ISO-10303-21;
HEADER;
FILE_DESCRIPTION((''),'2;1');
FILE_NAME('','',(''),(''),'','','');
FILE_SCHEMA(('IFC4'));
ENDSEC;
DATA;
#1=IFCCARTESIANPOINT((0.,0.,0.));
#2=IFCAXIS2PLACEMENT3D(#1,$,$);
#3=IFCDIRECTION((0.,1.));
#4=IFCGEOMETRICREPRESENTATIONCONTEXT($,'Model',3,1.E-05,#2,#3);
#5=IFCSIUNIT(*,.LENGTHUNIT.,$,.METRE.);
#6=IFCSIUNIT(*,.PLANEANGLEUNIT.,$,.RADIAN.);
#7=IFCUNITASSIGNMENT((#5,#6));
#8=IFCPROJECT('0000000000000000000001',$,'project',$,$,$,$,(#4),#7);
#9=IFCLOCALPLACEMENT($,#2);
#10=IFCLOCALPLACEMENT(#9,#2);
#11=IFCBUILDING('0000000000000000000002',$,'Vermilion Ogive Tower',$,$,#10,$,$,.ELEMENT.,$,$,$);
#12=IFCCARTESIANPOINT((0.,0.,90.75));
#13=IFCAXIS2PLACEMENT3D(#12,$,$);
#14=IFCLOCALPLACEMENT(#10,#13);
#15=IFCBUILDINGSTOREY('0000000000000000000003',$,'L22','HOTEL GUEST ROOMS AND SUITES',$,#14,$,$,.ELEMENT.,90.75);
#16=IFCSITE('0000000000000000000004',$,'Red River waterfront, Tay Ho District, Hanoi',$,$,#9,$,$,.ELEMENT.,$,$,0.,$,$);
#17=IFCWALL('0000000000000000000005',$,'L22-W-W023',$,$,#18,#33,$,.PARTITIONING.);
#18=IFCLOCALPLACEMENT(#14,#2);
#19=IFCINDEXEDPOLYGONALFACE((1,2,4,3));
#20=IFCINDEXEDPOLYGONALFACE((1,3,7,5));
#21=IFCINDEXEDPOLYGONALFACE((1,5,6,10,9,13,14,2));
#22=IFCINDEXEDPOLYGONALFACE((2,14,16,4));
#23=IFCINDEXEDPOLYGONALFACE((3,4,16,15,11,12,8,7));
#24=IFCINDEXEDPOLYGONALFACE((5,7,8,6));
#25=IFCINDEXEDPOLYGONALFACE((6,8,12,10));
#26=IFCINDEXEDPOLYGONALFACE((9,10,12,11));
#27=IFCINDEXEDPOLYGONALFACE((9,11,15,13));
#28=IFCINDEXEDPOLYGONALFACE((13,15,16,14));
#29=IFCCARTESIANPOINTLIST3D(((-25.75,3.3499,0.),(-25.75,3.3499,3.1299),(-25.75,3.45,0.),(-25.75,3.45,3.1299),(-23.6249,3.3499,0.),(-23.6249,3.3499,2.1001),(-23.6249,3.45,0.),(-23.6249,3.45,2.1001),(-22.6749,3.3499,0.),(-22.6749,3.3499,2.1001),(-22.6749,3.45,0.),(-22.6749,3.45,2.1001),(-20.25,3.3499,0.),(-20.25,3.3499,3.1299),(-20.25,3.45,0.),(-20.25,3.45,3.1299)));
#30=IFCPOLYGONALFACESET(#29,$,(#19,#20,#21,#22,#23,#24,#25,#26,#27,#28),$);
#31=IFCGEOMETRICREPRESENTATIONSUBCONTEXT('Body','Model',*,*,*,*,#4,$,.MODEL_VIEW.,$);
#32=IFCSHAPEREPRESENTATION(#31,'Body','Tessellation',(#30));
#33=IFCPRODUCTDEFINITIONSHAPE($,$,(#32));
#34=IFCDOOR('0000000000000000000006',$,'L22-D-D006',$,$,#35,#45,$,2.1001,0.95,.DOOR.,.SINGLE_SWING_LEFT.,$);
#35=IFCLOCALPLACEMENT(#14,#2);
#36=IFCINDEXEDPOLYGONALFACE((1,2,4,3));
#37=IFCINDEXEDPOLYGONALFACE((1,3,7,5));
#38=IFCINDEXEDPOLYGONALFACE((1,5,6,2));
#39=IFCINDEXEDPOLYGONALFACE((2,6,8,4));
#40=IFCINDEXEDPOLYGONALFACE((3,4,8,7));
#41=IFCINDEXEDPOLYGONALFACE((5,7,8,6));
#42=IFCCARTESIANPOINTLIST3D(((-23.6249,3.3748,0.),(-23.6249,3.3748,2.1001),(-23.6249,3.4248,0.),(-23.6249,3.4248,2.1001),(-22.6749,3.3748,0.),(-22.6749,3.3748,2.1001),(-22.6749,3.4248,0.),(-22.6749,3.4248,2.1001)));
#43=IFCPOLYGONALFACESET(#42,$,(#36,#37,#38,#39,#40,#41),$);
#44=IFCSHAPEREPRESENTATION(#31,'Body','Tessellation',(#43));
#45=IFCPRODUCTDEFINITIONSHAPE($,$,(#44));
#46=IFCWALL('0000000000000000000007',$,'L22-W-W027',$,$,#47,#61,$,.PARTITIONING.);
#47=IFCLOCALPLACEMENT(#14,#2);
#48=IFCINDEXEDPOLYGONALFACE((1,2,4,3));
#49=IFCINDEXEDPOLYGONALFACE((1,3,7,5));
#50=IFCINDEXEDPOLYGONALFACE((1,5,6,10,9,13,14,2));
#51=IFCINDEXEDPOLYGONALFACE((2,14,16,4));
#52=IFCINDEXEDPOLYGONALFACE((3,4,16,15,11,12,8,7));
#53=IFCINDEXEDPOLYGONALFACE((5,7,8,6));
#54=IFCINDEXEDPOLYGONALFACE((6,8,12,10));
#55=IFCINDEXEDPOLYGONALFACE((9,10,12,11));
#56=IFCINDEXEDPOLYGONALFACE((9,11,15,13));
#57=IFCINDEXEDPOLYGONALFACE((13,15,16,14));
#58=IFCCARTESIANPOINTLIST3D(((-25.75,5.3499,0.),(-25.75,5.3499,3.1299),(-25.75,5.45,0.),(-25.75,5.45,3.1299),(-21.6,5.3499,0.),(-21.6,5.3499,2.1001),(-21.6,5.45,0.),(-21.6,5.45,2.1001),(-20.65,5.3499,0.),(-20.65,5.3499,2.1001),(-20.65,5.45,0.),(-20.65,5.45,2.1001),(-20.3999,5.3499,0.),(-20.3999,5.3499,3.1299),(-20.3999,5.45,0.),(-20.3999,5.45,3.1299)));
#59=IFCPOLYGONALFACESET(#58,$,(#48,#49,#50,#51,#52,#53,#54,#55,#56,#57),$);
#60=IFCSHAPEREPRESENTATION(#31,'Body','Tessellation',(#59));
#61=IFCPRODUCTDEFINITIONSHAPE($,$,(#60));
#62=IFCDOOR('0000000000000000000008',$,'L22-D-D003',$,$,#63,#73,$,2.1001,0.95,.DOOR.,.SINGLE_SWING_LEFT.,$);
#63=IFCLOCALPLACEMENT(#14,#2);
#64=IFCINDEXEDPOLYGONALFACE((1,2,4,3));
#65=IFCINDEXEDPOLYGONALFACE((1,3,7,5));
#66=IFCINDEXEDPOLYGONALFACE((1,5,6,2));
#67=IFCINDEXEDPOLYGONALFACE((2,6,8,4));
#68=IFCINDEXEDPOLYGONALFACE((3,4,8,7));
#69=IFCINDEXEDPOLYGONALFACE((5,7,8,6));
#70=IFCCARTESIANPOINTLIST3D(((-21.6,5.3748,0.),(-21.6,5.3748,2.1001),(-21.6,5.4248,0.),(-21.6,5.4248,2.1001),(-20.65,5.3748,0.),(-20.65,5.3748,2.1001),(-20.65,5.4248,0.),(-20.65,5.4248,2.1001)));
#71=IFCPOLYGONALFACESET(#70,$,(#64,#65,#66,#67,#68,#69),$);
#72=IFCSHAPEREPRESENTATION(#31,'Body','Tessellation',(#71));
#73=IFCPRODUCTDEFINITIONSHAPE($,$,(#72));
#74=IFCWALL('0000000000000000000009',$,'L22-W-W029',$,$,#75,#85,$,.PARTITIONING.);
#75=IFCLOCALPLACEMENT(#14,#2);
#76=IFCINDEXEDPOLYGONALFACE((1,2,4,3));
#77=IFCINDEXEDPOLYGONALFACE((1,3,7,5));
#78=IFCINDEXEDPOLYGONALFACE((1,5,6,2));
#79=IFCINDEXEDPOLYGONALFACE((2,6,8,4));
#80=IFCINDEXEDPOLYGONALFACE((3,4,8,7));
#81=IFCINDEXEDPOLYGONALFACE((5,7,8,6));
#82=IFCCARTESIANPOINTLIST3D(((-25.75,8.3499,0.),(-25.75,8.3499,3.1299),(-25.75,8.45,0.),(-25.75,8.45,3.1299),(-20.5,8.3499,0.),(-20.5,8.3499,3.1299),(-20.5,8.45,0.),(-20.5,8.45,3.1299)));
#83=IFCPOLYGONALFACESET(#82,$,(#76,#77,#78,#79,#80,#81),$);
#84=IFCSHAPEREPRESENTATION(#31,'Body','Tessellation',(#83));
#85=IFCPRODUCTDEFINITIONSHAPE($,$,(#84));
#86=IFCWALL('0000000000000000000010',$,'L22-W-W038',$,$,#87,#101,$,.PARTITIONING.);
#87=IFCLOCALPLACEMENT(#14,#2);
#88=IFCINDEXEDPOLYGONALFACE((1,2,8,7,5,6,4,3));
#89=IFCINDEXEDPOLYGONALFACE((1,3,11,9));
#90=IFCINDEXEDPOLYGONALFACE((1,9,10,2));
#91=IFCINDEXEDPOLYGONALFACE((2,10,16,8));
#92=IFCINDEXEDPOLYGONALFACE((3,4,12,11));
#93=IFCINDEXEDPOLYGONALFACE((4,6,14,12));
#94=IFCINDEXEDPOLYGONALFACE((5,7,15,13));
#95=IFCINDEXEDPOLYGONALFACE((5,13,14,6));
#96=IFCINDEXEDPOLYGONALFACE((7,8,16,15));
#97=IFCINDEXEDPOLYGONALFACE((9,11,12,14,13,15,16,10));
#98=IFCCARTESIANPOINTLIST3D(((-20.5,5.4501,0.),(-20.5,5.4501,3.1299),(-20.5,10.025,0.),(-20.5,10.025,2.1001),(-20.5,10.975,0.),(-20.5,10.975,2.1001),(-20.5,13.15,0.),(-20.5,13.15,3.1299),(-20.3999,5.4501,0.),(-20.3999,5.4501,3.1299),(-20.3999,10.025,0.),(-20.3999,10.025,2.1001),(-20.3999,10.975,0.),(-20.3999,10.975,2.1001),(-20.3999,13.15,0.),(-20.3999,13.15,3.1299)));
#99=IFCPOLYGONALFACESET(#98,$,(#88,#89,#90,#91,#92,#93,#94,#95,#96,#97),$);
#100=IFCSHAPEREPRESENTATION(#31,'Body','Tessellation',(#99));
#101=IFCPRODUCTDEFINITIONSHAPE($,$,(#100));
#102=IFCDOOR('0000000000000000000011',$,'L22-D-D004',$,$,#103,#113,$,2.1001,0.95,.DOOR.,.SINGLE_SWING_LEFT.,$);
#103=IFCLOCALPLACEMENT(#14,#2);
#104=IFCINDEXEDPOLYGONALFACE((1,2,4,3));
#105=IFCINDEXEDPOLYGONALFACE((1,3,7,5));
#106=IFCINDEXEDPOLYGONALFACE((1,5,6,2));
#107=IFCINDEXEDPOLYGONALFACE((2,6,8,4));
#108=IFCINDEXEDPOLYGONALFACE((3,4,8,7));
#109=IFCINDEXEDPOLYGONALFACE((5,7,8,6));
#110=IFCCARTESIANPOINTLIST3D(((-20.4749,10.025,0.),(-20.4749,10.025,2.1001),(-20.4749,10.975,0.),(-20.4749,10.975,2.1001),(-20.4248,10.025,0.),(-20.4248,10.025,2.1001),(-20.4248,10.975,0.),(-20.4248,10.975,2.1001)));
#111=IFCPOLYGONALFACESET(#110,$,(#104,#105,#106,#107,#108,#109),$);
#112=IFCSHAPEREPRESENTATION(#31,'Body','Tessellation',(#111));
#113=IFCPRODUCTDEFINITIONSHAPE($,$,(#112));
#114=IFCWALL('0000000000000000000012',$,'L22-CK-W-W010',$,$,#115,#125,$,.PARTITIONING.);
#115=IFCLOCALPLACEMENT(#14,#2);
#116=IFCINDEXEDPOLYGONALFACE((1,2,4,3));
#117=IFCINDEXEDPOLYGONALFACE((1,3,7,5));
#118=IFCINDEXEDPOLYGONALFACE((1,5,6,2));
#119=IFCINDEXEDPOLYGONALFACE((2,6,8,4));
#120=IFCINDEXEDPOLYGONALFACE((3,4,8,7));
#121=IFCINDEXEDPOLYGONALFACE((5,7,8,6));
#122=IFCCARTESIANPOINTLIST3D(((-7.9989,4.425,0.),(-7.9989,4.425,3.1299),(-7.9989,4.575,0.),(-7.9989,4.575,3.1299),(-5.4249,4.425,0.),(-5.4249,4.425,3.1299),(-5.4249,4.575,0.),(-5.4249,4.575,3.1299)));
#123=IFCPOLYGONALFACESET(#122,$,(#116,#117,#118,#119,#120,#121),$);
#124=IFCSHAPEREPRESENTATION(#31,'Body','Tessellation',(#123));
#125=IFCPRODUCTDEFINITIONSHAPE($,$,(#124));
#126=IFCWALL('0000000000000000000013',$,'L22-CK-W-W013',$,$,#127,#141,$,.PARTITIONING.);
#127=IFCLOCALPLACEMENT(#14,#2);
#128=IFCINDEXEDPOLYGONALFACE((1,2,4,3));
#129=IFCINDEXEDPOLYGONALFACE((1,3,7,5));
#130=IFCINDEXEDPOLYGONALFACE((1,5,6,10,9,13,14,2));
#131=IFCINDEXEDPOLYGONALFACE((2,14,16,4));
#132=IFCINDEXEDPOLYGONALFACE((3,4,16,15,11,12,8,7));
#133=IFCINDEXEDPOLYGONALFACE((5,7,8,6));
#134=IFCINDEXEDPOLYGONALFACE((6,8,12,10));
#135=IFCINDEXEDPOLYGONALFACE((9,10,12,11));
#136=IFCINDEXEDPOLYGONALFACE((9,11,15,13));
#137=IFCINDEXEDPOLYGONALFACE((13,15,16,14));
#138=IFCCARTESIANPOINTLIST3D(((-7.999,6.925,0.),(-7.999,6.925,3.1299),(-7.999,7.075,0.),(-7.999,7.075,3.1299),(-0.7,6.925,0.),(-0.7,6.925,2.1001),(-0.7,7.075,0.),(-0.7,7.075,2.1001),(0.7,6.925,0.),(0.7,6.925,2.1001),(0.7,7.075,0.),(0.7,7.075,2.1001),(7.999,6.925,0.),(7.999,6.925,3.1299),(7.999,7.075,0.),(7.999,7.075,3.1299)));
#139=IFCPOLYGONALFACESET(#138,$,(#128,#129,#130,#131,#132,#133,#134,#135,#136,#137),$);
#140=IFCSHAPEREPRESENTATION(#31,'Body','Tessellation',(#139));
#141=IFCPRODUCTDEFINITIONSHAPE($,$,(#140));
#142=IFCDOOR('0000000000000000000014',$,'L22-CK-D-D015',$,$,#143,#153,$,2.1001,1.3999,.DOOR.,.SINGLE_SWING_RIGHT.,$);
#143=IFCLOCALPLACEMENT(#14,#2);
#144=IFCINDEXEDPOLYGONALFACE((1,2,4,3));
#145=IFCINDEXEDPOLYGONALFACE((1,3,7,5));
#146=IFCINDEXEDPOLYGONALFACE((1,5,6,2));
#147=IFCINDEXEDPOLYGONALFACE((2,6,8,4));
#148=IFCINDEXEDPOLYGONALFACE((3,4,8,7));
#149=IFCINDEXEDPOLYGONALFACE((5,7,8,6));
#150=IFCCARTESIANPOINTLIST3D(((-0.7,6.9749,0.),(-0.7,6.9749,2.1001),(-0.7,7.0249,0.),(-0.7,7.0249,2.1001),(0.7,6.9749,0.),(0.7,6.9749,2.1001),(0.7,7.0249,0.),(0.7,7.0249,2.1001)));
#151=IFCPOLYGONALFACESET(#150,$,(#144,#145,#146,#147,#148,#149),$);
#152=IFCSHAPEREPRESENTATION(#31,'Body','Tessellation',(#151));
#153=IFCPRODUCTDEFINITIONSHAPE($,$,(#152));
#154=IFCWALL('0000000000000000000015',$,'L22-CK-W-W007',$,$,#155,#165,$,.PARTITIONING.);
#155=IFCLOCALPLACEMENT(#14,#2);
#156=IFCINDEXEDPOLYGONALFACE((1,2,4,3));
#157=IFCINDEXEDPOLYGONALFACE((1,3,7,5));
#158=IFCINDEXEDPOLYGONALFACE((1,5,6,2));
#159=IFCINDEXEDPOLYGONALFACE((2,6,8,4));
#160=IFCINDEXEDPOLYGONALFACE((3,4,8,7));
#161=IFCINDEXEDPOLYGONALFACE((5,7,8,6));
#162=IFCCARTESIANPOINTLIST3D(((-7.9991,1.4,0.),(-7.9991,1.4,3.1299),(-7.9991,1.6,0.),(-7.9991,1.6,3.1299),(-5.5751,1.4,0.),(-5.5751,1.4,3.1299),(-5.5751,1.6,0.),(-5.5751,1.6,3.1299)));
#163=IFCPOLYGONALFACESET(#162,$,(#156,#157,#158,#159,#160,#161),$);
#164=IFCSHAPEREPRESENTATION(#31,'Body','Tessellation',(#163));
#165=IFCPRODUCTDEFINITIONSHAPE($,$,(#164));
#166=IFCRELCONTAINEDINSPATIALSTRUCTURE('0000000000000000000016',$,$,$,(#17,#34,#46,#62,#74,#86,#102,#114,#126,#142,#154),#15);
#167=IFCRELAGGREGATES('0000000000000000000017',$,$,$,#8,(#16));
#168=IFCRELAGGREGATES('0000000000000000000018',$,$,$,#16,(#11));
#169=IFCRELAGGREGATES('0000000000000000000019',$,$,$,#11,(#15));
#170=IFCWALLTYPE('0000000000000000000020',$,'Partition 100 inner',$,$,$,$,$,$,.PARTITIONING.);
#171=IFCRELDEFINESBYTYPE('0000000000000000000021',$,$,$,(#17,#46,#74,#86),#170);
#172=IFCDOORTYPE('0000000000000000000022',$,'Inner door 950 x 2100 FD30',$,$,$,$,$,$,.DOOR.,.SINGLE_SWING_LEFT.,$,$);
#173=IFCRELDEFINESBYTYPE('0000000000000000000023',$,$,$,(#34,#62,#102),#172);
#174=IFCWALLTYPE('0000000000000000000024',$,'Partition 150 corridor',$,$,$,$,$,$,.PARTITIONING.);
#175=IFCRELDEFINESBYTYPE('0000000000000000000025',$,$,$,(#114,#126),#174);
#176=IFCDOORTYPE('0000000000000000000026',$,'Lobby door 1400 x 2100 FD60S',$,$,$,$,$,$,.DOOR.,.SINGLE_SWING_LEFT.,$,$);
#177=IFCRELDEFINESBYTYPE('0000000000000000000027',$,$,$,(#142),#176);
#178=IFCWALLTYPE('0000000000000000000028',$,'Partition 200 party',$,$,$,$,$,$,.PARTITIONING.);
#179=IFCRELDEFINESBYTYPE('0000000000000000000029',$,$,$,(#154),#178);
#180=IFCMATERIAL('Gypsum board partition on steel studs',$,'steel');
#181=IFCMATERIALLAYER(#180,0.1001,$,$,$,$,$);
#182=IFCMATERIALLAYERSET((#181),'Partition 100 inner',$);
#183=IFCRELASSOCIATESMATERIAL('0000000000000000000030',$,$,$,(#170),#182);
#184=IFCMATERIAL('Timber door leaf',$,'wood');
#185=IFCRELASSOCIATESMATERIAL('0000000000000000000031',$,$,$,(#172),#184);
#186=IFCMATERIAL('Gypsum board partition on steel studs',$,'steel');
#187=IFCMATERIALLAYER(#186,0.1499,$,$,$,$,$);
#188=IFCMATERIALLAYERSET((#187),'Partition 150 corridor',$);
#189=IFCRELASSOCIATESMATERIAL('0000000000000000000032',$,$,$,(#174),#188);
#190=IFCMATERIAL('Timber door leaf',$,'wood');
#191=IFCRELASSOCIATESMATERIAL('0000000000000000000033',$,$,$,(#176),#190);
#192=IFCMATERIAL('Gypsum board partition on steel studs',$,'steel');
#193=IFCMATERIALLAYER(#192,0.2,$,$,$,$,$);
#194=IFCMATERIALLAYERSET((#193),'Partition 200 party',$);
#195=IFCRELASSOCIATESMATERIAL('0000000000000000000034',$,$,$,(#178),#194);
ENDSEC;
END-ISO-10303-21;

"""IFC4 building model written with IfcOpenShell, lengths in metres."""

from ifc_helpers import new_model, si_unit, direction, frame, frame_2d, origin, place, context, subcontext, project, spatial, rectangle, extrude, material, layer, layer_set, type_object, element, fill, save


model = new_model("IFC4")

# Units and contexts
model_context = context("Model", 3, precision=1e-05, world=origin(), true_north=direction((0.0, 1.0)))
body_context = subcontext(model_context, "Body", "Model", "MODEL_VIEW")
ifc_project = project(units=[si_unit("LENGTHUNIT", "METRE"), si_unit("PLANEANGLEUNIT", "RADIAN")], contexts=[model_context])

# Site, building, storey
site_placement = place(None, origin())
site = spatial("IfcSite", under=ifc_project, at=site_placement, Name="Red River waterfront, Tay Ho District, Hanoi", CompositionType="ELEMENT", RefElevation=0.0)
building_placement = place(site_placement, origin())
building = spatial("IfcBuilding", under=site, at=building_placement, Name="Vermilion Ogive Tower", CompositionType="ELEMENT")
storey_placement = place(building_placement, frame((0.0, 0.0, 90.75)))
storey = spatial("IfcBuildingStorey", under=building, at=storey_placement, Name="L22", Description="HOTEL GUEST ROOMS AND SUITES", CompositionType="ELEMENT", Elevation=90.75)

# Walls, openings, doors
ifc_material_1 = material(Name="Gypsum board partition on steel studs", Category="steel")
ifc_layer_1 = layer(ifc_material_1, 0.1001)
ifc_layer_set_1 = layer_set([ifc_layer_1], Name="Partition 100 inner")
wall_type_1 = type_object("IfcWallType", Name="Partition 100 inner", PredefinedType="PARTITIONING", material=ifc_layer_set_1)
wall_1_placement = place(storey_placement, frame((-25.75, 3.3999, 0.0), z_axis=(0.0, 0.0, 1.0), x_axis=(1.0, 0.0, 0.0)))
wall_1 = element("IfcWall", 1, at=wall_1_placement, inside=storey, type_object=wall_type_1, Name="L22-W-W023", PredefinedType="PARTITIONING", context=body_context, shape_type="SweptSolid", body=[
    extrude(rectangle(XDim=5.5, YDim=0.1001, at=frame_2d((2.75, 0.0))), origin(), (0.0, 0.0, 1.0), 3.1299),
])
opening_1_placement = place(wall_1_placement, frame((2.125, 0.0, 0.0)))
opening_1 = element("IfcOpeningElement", 2, at=opening_1_placement, cuts=wall_1, PredefinedType="OPENING", context=body_context, shape_type="SweptSolid", body=[
    extrude(rectangle(XDim=0.95, YDim=2.1001, at=frame_2d((0.4751, 1.05))), frame((0.0, 0.0601, 0.0), z_axis=(0.0, -1.0, 0.0), x_axis=(1.0, 0.0, 0.0)), (0.0, 0.0, 1.0), 0.1201),
])
ifc_material_2 = material(Name="Timber door leaf", Category="wood")
door_type_1 = type_object("IfcDoorType", Name="Inner door 950 x 2100 FD30", OperationType="SINGLE_SWING_LEFT", PredefinedType="DOOR", material=ifc_material_2)
door_1_placement = place(opening_1_placement, origin())
door_1 = element("IfcDoor", 3, at=door_1_placement, inside=storey, type_object=door_type_1, Name="L22-D-D006", OperationType="SINGLE_SWING_LEFT", OverallHeight=2.1001, OverallWidth=0.95, PredefinedType="DOOR", context=body_context, shape_type="SweptSolid", body=[
    extrude(rectangle(XDim=0.95, YDim=2.1001, at=frame_2d((0.4751, 1.05))), frame((0.0, 0.0249, 0.0), z_axis=(0.0, -1.0, 0.0), x_axis=(1.0, 0.0, 0.0)), (0.0, 0.0, 1.0), 0.05),
])
fill(opening_1, door_1)
wall_2_placement = place(storey_placement, frame((-25.75, 5.3999, 0.0), z_axis=(0.0, 0.0, 1.0), x_axis=(1.0, 0.0, 0.0)))
wall_2 = element("IfcWall", 4, at=wall_2_placement, inside=storey, type_object=wall_type_1, Name="L22-W-W027", PredefinedType="PARTITIONING", context=body_context, shape_type="SweptSolid", body=[
    extrude(rectangle(XDim=5.3501, YDim=0.1001, at=frame_2d((2.675, 0.0))), origin(), (0.0, 0.0, 1.0), 3.1299),
])
opening_2_placement = place(wall_2_placement, frame((4.1499, 0.0, 0.0)))
opening_2 = element("IfcOpeningElement", 5, at=opening_2_placement, cuts=wall_2, PredefinedType="OPENING", context=body_context, shape_type="SweptSolid", body=[
    extrude(rectangle(XDim=0.95, YDim=2.1001, at=frame_2d((0.4751, 1.05))), frame((0.0, 0.0601, 0.0), z_axis=(0.0, -1.0, 0.0), x_axis=(1.0, 0.0, 0.0)), (0.0, 0.0, 1.0), 0.1201),
])
door_2_placement = place(opening_2_placement, origin())
door_2 = element("IfcDoor", 6, at=door_2_placement, inside=storey, type_object=door_type_1, Name="L22-D-D003", OperationType="SINGLE_SWING_LEFT", OverallHeight=2.1001, OverallWidth=0.95, PredefinedType="DOOR", context=body_context, shape_type="SweptSolid", body=[
    extrude(rectangle(XDim=0.95, YDim=2.1001, at=frame_2d((0.4751, 1.05))), frame((0.0, 0.0249, 0.0), z_axis=(0.0, -1.0, 0.0), x_axis=(1.0, 0.0, 0.0)), (0.0, 0.0, 1.0), 0.05),
])
fill(opening_2, door_2)

# Wall
wall_3_placement = place(storey_placement, frame((-25.75, 8.3999, 0.0), z_axis=(0.0, 0.0, 1.0), x_axis=(1.0, 0.0, 0.0)))
element("IfcWall", 7, at=wall_3_placement, inside=storey, type_object=wall_type_1, Name="L22-W-W029", PredefinedType="PARTITIONING", context=body_context, shape_type="SweptSolid", body=[
    extrude(rectangle(XDim=5.25, YDim=0.1001, at=frame_2d((2.625, 0.0))), origin(), (0.0, 0.0, 1.0), 3.1299),
])

# Wall, opening, door
wall_4_placement = place(storey_placement, frame((-20.45, 5.45, 0.0), z_axis=(0.0, 0.0, 1.0), x_axis=(0.0, 1.0, 0.0)))
wall_4 = element("IfcWall", 8, at=wall_4_placement, inside=storey, type_object=wall_type_1, Name="L22-W-W038", PredefinedType="PARTITIONING", context=body_context, shape_type="SweptSolid", body=[
    extrude(rectangle(XDim=7.7, YDim=0.1001, at=frame_2d((3.8501, 0.0))), origin(), (0.0, 0.0, 1.0), 3.1299),
])
opening_3_placement = place(wall_4_placement, frame((4.575, 0.0, 0.0)))
opening_3 = element("IfcOpeningElement", 9, at=opening_3_placement, cuts=wall_4, PredefinedType="OPENING", context=body_context, shape_type="SweptSolid", body=[
    extrude(rectangle(XDim=0.95, YDim=2.1001, at=frame_2d((0.4751, 1.05))), frame((0.0, 0.0601, 0.0), z_axis=(0.0, -1.0, 0.0), x_axis=(1.0, 0.0, 0.0)), (0.0, 0.0, 1.0), 0.1201),
])
door_3_placement = place(opening_3_placement, origin())
door_3 = element("IfcDoor", 10, at=door_3_placement, inside=storey, type_object=door_type_1, Name="L22-D-D004", OperationType="SINGLE_SWING_LEFT", OverallHeight=2.1001, OverallWidth=0.95, PredefinedType="DOOR", context=body_context, shape_type="SweptSolid", body=[
    extrude(rectangle(XDim=0.95, YDim=2.1001, at=frame_2d((0.4751, 1.05))), frame((0.0, 0.0249, 0.0), z_axis=(0.0, -1.0, 0.0), x_axis=(1.0, 0.0, 0.0)), (0.0, 0.0, 1.0), 0.05),
])
fill(opening_3, door_3)

# Wall
ifc_material_3 = material(Name="Gypsum board partition on steel studs", Category="steel")
ifc_layer_2 = layer(ifc_material_3, 0.1499)
ifc_layer_set_2 = layer_set([ifc_layer_2], Name="Partition 150 corridor")
wall_type_2 = type_object("IfcWallType", Name="Partition 150 corridor", PredefinedType="PARTITIONING", material=ifc_layer_set_2)
wall_5_placement = place(storey_placement, frame((-7.999, 4.5, 0.0), z_axis=(0.0, 0.0, 1.0), x_axis=(1.0, 0.0, 0.0)))
element("IfcWall", 11, at=wall_5_placement, inside=storey, type_object=wall_type_2, Name="L22-CK-W-W010", PredefinedType="PARTITIONING", context=body_context, shape_type="SweptSolid", body=[
    extrude(rectangle(XDim=2.574, YDim=0.1499, at=frame_2d((1.2871, 0.0))), origin(), (0.0, 0.0, 1.0), 3.1299),
])

# Wall, opening, door
wall_6_placement = place(storey_placement, frame((-7.999, 7.0, 0.0), z_axis=(0.0, 0.0, 1.0), x_axis=(1.0, 0.0, 0.0)))
wall_6 = element("IfcWall", 12, at=wall_6_placement, inside=storey, type_object=wall_type_2, Name="L22-CK-W-W013", PredefinedType="PARTITIONING", context=body_context, shape_type="SweptSolid", body=[
    extrude(rectangle(XDim=15.998, YDim=0.1499, at=frame_2d((7.999, 0.0))), origin(), (0.0, 0.0, 1.0), 3.1299),
])
opening_4_placement = place(wall_6_placement, frame((7.2991, 0.0, 0.0)))
opening_4 = element("IfcOpeningElement", 13, at=opening_4_placement, cuts=wall_6, PredefinedType="OPENING", context=body_context, shape_type="SweptSolid", body=[
    extrude(rectangle(XDim=1.3999, YDim=2.1001, at=frame_2d((0.7, 1.05))), frame((0.0, 0.085, 0.0), z_axis=(0.0, -1.0, 0.0), x_axis=(1.0, 0.0, 0.0)), (0.0, 0.0, 1.0), 0.1699),
])
ifc_material_4 = material(Name="Timber door leaf", Category="wood")
door_type_2 = type_object("IfcDoorType", Name="Lobby door 1400 x 2100 FD60S", OperationType="SINGLE_SWING_LEFT", PredefinedType="DOOR", material=ifc_material_4)
door_4_placement = place(opening_4_placement, origin())
door_4 = element("IfcDoor", 14, at=door_4_placement, inside=storey, type_object=door_type_2, Name="L22-CK-D-D015", OperationType="SINGLE_SWING_RIGHT", OverallHeight=2.1001, OverallWidth=1.3999, PredefinedType="DOOR", context=body_context, shape_type="SweptSolid", body=[
    extrude(rectangle(XDim=1.3999, YDim=2.1001, at=frame_2d((0.7, 1.05))), frame((0.0, 0.0249, 0.0), z_axis=(0.0, -1.0, 0.0), x_axis=(1.0, 0.0, 0.0)), (0.0, 0.0, 1.0), 0.05),
])
fill(opening_4, door_4)

# Wall
ifc_material_5 = material(Name="Gypsum board partition on steel studs", Category="steel")
ifc_layer_3 = layer(ifc_material_5, 0.2)
ifc_layer_set_3 = layer_set([ifc_layer_3], Name="Partition 200 party")
wall_type_3 = type_object("IfcWallType", Name="Partition 200 party", PredefinedType="PARTITIONING", material=ifc_layer_set_3)
wall_7_placement = place(storey_placement, frame((-7.999, 1.5, 0.0), z_axis=(0.0, 0.0, 1.0), x_axis=(1.0, 0.0, 0.0)))
element("IfcWall", 15, at=wall_7_placement, inside=storey, type_object=wall_type_3, Name="L22-CK-W-W007", PredefinedType="PARTITIONING", context=body_context, shape_type="SweptSolid", body=[
    extrude(rectangle(XDim=2.4241, YDim=0.2, at=frame_2d((1.2119, 0.0))), origin(), (0.0, 0.0, 1.0), 3.1299),
])

save(model, "model.ifc")
